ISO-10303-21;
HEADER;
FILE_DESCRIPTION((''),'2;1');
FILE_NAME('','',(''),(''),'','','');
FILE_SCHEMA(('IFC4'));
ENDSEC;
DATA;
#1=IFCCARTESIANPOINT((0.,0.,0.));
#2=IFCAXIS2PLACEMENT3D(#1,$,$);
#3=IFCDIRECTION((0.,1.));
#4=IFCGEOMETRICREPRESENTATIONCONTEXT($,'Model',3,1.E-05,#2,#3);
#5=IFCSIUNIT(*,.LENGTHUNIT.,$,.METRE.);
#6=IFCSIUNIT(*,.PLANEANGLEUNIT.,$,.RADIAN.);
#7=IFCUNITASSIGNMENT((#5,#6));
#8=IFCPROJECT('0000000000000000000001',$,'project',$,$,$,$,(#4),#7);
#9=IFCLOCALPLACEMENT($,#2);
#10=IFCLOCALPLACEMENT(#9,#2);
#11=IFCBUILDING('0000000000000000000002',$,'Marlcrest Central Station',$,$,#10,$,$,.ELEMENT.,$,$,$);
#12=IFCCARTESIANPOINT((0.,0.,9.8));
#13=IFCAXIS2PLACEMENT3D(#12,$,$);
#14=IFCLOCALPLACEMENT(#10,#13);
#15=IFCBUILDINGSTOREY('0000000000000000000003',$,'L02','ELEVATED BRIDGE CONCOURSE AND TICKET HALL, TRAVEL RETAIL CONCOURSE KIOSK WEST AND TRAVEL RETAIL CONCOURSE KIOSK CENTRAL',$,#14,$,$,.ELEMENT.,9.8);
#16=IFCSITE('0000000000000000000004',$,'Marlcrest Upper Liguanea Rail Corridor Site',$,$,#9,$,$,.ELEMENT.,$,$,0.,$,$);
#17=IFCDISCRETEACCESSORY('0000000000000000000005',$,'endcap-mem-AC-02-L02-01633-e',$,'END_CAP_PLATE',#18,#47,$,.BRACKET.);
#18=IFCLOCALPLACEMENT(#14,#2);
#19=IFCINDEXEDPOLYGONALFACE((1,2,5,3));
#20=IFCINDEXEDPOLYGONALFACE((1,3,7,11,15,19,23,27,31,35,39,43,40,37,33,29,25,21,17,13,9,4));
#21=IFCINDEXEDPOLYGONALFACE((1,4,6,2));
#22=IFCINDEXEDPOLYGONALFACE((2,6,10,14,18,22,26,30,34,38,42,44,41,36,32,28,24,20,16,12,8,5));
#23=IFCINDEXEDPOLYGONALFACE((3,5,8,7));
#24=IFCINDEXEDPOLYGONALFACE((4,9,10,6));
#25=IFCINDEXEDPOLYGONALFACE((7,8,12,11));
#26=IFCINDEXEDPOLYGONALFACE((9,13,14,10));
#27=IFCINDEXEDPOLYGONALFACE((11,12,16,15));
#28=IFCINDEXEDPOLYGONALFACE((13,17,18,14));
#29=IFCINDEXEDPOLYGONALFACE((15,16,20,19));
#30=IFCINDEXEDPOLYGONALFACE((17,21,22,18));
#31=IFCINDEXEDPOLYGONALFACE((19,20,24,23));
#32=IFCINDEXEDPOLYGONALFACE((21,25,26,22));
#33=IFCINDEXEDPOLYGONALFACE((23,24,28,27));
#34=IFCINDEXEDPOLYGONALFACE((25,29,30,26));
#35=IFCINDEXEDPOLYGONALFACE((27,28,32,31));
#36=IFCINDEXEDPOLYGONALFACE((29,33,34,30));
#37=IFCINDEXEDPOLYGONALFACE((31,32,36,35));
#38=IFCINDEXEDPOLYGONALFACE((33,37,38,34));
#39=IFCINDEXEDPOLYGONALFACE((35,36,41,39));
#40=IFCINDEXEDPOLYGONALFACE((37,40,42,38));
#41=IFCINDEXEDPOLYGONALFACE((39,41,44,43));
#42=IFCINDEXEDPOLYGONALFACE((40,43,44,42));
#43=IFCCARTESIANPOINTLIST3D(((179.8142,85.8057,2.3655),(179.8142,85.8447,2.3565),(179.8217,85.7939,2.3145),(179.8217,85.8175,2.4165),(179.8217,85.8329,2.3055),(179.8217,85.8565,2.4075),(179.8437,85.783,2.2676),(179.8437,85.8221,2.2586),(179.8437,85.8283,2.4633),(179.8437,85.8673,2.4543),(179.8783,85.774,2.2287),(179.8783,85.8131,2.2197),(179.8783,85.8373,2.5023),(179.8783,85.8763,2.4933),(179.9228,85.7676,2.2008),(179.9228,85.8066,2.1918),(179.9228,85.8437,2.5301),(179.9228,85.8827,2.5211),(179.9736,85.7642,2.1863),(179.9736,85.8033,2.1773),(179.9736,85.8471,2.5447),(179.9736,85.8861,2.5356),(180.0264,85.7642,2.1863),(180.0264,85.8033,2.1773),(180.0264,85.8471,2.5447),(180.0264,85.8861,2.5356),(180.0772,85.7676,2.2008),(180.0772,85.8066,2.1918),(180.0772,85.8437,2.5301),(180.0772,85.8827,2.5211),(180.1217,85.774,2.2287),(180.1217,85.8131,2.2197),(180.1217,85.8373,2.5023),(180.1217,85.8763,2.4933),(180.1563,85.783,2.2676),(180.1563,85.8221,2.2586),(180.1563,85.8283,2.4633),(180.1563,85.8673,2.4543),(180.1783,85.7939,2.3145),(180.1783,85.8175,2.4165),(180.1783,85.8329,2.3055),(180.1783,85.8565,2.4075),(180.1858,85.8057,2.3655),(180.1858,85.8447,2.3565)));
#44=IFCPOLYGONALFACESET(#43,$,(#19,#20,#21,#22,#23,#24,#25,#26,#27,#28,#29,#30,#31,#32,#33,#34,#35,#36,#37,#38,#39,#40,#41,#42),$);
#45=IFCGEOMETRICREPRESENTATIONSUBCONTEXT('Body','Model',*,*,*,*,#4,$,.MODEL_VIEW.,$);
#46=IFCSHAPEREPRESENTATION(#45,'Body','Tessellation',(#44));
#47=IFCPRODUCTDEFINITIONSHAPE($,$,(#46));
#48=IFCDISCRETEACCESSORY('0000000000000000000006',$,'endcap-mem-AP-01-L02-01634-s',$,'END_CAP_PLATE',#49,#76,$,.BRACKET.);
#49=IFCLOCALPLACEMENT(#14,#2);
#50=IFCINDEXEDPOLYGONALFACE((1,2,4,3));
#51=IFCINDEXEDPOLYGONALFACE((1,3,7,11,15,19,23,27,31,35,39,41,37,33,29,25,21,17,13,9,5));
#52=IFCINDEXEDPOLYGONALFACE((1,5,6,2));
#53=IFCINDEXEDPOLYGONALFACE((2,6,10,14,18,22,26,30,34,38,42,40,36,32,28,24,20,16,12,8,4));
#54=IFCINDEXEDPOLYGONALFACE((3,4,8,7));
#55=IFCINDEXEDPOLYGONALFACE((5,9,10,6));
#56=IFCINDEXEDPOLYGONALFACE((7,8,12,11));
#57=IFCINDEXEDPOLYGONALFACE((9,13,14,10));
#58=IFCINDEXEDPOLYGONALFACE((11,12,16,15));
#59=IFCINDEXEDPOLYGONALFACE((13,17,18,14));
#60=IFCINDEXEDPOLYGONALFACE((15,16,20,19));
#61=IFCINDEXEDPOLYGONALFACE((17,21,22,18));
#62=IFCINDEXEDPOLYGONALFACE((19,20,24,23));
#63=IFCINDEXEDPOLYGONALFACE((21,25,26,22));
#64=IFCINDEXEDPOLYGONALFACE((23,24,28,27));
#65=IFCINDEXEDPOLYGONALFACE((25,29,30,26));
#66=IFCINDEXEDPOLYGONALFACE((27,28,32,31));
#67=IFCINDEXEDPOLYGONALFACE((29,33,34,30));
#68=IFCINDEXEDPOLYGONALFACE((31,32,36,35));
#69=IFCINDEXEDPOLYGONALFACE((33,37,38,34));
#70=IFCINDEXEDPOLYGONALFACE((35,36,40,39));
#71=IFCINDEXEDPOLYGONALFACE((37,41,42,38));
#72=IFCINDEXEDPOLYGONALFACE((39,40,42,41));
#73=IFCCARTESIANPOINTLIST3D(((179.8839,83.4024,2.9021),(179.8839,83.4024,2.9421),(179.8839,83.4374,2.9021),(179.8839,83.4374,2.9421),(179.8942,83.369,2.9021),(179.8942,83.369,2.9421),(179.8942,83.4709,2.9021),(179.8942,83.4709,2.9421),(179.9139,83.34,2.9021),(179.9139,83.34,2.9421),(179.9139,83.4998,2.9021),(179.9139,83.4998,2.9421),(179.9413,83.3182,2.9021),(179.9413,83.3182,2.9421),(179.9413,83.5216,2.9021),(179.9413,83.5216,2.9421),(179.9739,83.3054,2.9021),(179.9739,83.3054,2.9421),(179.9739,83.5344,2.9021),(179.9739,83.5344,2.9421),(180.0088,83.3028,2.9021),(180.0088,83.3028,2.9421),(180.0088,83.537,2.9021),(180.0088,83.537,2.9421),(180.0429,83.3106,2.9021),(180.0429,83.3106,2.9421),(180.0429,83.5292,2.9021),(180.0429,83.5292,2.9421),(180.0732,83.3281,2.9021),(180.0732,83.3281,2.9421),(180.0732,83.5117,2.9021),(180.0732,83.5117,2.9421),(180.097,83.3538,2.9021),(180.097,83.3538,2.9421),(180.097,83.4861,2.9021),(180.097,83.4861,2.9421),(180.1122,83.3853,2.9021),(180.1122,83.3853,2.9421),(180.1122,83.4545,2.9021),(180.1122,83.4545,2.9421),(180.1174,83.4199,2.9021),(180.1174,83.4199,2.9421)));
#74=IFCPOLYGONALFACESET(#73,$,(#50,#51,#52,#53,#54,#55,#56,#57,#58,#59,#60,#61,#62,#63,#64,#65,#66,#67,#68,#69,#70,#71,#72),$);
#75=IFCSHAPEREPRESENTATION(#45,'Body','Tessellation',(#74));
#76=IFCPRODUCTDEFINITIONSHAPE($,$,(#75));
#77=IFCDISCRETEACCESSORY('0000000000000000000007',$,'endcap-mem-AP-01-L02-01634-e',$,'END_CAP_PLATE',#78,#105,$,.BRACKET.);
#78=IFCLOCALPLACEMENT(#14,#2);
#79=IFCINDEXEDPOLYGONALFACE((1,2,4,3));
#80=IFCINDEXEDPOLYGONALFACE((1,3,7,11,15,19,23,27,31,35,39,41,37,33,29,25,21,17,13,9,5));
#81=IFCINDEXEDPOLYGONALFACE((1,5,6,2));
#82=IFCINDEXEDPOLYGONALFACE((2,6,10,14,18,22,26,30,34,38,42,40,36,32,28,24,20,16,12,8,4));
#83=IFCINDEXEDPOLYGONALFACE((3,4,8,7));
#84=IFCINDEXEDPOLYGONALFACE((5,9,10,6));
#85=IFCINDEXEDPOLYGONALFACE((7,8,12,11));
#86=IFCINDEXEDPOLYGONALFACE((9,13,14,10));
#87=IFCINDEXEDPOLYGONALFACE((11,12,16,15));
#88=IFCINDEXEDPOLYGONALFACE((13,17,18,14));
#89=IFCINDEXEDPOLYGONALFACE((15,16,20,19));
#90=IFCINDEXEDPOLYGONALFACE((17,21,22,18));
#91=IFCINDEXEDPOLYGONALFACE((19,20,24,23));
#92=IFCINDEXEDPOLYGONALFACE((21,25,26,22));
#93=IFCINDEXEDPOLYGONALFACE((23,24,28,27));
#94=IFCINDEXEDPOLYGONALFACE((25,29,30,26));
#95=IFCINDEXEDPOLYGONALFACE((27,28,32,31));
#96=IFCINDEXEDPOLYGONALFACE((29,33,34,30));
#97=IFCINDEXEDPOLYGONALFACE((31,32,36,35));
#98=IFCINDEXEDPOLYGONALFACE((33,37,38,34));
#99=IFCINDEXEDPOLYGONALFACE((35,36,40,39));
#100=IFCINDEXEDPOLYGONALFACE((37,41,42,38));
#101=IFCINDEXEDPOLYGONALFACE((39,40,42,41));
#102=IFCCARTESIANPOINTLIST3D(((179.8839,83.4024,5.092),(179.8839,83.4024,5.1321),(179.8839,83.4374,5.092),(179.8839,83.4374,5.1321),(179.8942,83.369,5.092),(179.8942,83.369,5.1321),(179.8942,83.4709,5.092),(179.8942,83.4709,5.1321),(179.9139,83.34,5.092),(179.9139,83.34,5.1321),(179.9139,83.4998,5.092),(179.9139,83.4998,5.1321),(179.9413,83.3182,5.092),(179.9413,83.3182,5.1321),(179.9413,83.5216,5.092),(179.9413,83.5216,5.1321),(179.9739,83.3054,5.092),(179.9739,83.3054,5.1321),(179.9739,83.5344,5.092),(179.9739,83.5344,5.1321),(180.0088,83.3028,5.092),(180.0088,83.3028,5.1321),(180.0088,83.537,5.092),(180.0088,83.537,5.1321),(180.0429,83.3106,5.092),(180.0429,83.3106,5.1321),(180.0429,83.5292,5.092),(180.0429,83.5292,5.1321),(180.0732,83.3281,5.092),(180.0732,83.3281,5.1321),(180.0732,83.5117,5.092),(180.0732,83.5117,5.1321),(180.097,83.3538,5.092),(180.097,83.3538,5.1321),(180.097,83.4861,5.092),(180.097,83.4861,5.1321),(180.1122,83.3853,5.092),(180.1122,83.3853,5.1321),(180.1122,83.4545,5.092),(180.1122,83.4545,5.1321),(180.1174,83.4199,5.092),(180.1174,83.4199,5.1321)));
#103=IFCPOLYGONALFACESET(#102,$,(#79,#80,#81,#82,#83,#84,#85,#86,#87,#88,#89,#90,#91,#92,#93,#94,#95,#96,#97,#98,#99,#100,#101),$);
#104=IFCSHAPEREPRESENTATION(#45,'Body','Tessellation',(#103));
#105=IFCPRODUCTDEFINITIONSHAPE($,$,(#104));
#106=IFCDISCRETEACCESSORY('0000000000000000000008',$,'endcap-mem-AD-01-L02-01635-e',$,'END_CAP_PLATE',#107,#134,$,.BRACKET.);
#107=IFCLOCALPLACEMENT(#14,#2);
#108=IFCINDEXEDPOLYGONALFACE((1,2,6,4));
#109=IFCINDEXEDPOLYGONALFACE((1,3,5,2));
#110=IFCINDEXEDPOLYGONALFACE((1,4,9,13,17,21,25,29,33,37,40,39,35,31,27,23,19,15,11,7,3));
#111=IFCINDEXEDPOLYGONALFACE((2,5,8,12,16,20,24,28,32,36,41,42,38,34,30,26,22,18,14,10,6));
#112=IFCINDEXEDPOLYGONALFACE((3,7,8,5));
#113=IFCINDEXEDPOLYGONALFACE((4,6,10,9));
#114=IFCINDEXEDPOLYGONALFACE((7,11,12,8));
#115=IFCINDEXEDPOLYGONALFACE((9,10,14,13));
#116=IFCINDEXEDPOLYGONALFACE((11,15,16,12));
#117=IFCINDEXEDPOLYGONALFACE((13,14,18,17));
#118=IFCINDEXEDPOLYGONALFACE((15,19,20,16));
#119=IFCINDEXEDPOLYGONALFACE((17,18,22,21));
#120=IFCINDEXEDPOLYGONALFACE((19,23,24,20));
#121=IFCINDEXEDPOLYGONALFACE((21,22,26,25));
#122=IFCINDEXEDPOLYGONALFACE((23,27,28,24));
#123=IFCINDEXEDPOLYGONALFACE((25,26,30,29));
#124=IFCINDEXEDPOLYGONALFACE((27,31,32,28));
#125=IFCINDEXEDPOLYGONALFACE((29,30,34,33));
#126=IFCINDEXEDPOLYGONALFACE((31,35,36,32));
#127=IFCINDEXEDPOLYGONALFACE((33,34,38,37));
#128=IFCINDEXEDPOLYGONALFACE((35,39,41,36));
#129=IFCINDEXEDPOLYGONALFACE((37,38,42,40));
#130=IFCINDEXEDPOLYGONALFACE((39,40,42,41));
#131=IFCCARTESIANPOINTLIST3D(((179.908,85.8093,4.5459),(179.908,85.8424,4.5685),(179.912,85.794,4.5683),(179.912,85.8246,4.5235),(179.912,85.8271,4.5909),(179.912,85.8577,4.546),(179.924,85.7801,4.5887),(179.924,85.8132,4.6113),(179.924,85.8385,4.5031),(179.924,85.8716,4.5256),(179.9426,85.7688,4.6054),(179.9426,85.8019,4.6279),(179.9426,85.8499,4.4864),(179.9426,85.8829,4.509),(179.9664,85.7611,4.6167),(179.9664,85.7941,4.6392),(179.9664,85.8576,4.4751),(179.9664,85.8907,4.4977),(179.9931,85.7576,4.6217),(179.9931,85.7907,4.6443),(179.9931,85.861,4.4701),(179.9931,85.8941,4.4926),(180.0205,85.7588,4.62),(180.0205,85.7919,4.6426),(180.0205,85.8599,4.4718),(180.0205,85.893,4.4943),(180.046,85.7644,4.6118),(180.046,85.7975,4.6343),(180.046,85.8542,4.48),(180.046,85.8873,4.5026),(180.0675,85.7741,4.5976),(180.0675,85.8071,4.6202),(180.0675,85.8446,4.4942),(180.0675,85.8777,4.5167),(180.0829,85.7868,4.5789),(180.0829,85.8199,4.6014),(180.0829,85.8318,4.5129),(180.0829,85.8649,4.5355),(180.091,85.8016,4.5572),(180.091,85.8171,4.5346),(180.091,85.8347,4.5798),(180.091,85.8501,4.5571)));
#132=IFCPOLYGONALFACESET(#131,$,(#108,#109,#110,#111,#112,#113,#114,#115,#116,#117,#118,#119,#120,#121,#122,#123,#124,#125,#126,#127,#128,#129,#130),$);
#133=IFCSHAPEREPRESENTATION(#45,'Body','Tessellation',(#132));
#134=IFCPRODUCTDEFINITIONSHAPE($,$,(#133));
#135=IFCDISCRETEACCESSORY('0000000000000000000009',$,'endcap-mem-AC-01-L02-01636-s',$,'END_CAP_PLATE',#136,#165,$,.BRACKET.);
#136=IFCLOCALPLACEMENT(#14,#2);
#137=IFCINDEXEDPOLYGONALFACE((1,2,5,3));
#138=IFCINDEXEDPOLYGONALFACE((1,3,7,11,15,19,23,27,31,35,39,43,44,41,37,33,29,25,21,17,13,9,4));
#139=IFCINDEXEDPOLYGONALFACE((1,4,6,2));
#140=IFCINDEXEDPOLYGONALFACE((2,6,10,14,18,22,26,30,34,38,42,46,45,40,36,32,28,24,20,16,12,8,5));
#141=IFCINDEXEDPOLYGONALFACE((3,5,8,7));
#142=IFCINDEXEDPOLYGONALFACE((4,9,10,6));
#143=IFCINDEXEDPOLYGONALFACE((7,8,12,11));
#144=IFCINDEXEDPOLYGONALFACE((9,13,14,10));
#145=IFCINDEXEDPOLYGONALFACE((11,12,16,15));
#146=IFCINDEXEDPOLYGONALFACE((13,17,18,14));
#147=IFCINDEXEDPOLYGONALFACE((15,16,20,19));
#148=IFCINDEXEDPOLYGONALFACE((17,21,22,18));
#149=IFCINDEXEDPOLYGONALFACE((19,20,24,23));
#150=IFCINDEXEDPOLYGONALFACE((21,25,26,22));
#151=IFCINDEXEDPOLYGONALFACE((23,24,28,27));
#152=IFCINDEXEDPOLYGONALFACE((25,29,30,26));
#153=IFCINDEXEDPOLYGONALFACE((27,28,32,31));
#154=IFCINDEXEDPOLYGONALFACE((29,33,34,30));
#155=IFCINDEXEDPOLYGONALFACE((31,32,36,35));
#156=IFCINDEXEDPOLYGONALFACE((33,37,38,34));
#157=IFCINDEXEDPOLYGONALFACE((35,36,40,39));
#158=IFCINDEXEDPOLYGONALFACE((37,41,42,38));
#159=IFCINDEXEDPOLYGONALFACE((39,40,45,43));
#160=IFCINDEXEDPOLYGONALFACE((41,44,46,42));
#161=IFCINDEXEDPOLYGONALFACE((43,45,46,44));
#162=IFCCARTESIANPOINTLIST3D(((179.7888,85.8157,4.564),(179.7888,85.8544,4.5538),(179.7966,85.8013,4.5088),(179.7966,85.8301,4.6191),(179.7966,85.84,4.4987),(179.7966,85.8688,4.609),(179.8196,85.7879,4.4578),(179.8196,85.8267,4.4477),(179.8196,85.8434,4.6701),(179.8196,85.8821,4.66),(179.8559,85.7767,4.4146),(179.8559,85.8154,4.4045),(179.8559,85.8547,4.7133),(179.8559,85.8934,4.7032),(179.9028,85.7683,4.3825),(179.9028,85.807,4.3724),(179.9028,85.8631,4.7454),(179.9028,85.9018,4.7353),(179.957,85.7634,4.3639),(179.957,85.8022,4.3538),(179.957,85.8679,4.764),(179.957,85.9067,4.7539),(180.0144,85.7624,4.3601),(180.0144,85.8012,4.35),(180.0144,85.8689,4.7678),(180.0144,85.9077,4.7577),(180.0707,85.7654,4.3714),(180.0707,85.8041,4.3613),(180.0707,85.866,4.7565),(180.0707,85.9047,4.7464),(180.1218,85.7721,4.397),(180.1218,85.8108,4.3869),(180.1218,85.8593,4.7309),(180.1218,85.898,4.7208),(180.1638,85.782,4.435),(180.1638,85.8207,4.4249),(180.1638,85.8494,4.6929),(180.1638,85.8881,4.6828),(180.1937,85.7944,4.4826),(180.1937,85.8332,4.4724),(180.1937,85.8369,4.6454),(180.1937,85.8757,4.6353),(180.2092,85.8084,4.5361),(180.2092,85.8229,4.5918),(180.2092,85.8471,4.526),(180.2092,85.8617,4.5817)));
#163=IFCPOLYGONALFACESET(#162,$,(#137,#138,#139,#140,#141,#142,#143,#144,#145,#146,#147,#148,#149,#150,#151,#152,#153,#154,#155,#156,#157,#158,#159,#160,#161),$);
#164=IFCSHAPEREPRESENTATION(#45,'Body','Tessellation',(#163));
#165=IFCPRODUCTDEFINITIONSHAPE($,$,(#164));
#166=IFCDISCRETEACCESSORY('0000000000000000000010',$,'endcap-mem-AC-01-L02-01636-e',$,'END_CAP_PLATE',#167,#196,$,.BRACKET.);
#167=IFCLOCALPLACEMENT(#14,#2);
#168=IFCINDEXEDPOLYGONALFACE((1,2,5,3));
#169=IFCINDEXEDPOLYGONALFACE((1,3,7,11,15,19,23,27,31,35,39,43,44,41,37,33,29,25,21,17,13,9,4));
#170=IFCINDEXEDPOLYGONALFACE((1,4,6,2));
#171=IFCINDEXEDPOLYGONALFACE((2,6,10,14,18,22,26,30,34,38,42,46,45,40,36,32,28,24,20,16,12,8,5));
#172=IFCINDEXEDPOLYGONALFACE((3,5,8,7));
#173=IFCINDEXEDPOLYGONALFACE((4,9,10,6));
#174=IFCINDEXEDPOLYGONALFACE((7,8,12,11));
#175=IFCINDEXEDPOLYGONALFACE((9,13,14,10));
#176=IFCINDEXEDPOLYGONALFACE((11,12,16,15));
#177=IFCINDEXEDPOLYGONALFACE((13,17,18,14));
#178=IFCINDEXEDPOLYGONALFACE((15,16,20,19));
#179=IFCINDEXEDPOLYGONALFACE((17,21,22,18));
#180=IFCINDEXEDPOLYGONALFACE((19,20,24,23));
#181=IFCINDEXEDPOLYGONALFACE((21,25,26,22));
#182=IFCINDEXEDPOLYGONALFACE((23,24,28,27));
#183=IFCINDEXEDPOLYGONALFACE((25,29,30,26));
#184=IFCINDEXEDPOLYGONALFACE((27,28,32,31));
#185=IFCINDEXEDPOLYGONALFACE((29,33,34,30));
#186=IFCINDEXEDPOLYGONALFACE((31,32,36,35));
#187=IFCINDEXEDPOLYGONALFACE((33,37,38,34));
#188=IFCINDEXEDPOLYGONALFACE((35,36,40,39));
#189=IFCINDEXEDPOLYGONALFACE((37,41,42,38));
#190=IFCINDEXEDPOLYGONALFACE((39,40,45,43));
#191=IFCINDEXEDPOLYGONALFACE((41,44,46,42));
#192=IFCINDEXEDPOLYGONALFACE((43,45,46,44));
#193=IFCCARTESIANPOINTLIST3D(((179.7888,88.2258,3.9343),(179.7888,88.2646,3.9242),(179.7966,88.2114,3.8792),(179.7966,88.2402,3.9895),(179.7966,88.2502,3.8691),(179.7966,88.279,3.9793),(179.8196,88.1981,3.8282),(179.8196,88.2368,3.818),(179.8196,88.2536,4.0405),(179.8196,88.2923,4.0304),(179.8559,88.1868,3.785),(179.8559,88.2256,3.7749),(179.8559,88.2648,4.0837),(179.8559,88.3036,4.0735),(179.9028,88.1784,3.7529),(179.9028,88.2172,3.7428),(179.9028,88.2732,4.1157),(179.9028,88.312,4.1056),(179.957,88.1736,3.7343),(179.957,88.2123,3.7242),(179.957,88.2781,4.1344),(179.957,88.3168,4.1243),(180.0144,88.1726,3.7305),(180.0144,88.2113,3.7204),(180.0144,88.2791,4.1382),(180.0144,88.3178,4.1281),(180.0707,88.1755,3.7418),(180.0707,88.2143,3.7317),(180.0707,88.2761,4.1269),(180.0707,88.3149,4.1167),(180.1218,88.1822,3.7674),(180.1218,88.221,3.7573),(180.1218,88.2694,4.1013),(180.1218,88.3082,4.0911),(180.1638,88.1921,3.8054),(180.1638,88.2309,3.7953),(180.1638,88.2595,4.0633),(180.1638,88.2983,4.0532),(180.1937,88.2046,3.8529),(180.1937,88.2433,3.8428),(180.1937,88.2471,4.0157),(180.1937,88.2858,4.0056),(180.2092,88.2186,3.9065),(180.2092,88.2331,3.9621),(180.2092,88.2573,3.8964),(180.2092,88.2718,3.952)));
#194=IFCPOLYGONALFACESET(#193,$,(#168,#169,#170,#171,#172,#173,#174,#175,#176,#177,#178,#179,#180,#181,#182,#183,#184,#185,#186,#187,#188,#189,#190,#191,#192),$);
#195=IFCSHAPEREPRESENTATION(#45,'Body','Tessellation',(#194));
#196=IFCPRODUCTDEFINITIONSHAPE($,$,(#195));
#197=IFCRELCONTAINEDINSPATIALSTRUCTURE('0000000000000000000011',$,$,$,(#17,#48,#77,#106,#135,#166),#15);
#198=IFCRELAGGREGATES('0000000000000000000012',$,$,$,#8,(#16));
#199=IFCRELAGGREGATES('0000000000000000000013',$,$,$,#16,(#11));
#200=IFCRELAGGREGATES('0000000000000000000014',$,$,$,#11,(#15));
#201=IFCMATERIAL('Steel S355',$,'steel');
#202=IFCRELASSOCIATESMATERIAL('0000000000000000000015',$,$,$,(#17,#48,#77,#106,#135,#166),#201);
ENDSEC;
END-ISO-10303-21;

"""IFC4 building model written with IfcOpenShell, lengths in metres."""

from ifc_helpers import new_model, si_unit, direction, frame, origin, origin_2d, place, context, subcontext, project, spatial, circle, extrude, material, element, save


model = new_model("IFC4")

# Units and contexts
model_context = context("Model", 3, precision=1e-05, world=origin(), true_north=direction((0.0, 1.0)))
body_context = subcontext(model_context, "Body", "Model", "MODEL_VIEW")
ifc_project = project(units=[si_unit("LENGTHUNIT", "METRE"), si_unit("PLANEANGLEUNIT", "RADIAN")], contexts=[model_context])

# Site, building, storey
site_placement = place(None, origin())
site = spatial("IfcSite", under=ifc_project, at=site_placement, Name="Marlcrest Upper Liguanea Rail Corridor Site", CompositionType="ELEMENT", RefElevation=0.0)
building_placement = place(site_placement, origin())
building = spatial("IfcBuilding", under=site, at=building_placement, Name="Marlcrest Central Station", CompositionType="ELEMENT")
storey_placement = place(building_placement, frame((0.0, 0.0, 9.8)))
storey = spatial("IfcBuildingStorey", under=building, at=storey_placement, Name="L02", Description="ELEVATED BRIDGE CONCOURSE AND TICKET HALL, TRAVEL RETAIL CONCOURSE KIOSK WEST AND TRAVEL RETAIL CONCOURSE KIOSK CENTRAL", CompositionType="ELEMENT", Elevation=9.8)

# Shared definitions
ifc_material_1 = material(Name="Steel S355", Category="steel")

# Discrete accessories
discrete_accessory_1_placement = place(storey_placement, frame((180.0, 85.8057, 2.3655), z_axis=(0.0, 0.974308, -0.22522), x_axis=(-1.0, 0.0, 0.0)))
element("IfcDiscreteAccessory", 1, at=discrete_accessory_1_placement, inside=storey, material=ifc_material_1, Name="endcap-mem-AC-02-L02-01633-e", ObjectType="END_CAP_PLATE", PredefinedType="BRACKET", context=body_context, shape_type="SweptSolid", body=[
    extrude(circle(Radius=0.1858, at=origin_2d()), origin(), (0.0, 0.0, 1.0), 0.04),
])
for number, where, z_axis, x_axis, name in (
    (2, (180.0, 83.4199, 2.9021), (0.0, 0.0, 1.0), (1.0, 0.0, 0.0), "endcap-mem-AP-01-L02-01634-s"),
    (3, (180.0, 83.4199, 5.092), (0.0, 0.0, 1.0), (1.0, 0.0, 0.0), "endcap-mem-AP-01-L02-01634-e"),
):
    element("IfcDiscreteAccessory", number, at=place(storey_placement, frame(where, z_axis=z_axis, x_axis=x_axis)), inside=storey, material=ifc_material_1, Name=name, ObjectType="END_CAP_PLATE", PredefinedType="BRACKET", context=body_context, shape_type="SweptSolid", body=[
        extrude(circle(Radius=0.1174, at=origin_2d()), origin(), (0.0, 0.0, 1.0), 0.04),
    ])
discrete_accessory_2_placement = place(storey_placement, frame((180.0, 85.8093, 4.5459), z_axis=(0.0, 0.826263, 0.563285), x_axis=(-1.0, 0.0, 0.0)))
element("IfcDiscreteAccessory", 4, at=discrete_accessory_2_placement, inside=storey, material=ifc_material_1, Name="endcap-mem-AD-01-L02-01635-e", ObjectType="END_CAP_PLATE", PredefinedType="BRACKET", context=body_context, shape_type="SweptSolid", body=[
    extrude(circle(Radius=0.092, at=origin_2d()), origin(), (0.0, 0.0, 1.0), 0.04),
])
for number, where, z_axis, x_axis, name in (
    (5, (180.0, 85.8157, 4.564), (0.0, 0.967539, -0.25272), (-1.0, 0.0, 0.0), "endcap-mem-AC-01-L02-01636-s"),
    (6, (180.0, 88.2258, 3.9343), (0.0, 0.967539, -0.25272), (-1.0, 0.0, 0.0), "endcap-mem-AC-01-L02-01636-e"),
):
    element("IfcDiscreteAccessory", number, at=place(storey_placement, frame(where, z_axis=z_axis, x_axis=x_axis)), inside=storey, material=ifc_material_1, Name=name, ObjectType="END_CAP_PLATE", PredefinedType="BRACKET", context=body_context, shape_type="SweptSolid", body=[
        extrude(circle(Radius=0.2112, at=origin_2d()), origin(), (0.0, 0.0, 1.0), 0.04),
    ])

save(model, "model.ifc")
